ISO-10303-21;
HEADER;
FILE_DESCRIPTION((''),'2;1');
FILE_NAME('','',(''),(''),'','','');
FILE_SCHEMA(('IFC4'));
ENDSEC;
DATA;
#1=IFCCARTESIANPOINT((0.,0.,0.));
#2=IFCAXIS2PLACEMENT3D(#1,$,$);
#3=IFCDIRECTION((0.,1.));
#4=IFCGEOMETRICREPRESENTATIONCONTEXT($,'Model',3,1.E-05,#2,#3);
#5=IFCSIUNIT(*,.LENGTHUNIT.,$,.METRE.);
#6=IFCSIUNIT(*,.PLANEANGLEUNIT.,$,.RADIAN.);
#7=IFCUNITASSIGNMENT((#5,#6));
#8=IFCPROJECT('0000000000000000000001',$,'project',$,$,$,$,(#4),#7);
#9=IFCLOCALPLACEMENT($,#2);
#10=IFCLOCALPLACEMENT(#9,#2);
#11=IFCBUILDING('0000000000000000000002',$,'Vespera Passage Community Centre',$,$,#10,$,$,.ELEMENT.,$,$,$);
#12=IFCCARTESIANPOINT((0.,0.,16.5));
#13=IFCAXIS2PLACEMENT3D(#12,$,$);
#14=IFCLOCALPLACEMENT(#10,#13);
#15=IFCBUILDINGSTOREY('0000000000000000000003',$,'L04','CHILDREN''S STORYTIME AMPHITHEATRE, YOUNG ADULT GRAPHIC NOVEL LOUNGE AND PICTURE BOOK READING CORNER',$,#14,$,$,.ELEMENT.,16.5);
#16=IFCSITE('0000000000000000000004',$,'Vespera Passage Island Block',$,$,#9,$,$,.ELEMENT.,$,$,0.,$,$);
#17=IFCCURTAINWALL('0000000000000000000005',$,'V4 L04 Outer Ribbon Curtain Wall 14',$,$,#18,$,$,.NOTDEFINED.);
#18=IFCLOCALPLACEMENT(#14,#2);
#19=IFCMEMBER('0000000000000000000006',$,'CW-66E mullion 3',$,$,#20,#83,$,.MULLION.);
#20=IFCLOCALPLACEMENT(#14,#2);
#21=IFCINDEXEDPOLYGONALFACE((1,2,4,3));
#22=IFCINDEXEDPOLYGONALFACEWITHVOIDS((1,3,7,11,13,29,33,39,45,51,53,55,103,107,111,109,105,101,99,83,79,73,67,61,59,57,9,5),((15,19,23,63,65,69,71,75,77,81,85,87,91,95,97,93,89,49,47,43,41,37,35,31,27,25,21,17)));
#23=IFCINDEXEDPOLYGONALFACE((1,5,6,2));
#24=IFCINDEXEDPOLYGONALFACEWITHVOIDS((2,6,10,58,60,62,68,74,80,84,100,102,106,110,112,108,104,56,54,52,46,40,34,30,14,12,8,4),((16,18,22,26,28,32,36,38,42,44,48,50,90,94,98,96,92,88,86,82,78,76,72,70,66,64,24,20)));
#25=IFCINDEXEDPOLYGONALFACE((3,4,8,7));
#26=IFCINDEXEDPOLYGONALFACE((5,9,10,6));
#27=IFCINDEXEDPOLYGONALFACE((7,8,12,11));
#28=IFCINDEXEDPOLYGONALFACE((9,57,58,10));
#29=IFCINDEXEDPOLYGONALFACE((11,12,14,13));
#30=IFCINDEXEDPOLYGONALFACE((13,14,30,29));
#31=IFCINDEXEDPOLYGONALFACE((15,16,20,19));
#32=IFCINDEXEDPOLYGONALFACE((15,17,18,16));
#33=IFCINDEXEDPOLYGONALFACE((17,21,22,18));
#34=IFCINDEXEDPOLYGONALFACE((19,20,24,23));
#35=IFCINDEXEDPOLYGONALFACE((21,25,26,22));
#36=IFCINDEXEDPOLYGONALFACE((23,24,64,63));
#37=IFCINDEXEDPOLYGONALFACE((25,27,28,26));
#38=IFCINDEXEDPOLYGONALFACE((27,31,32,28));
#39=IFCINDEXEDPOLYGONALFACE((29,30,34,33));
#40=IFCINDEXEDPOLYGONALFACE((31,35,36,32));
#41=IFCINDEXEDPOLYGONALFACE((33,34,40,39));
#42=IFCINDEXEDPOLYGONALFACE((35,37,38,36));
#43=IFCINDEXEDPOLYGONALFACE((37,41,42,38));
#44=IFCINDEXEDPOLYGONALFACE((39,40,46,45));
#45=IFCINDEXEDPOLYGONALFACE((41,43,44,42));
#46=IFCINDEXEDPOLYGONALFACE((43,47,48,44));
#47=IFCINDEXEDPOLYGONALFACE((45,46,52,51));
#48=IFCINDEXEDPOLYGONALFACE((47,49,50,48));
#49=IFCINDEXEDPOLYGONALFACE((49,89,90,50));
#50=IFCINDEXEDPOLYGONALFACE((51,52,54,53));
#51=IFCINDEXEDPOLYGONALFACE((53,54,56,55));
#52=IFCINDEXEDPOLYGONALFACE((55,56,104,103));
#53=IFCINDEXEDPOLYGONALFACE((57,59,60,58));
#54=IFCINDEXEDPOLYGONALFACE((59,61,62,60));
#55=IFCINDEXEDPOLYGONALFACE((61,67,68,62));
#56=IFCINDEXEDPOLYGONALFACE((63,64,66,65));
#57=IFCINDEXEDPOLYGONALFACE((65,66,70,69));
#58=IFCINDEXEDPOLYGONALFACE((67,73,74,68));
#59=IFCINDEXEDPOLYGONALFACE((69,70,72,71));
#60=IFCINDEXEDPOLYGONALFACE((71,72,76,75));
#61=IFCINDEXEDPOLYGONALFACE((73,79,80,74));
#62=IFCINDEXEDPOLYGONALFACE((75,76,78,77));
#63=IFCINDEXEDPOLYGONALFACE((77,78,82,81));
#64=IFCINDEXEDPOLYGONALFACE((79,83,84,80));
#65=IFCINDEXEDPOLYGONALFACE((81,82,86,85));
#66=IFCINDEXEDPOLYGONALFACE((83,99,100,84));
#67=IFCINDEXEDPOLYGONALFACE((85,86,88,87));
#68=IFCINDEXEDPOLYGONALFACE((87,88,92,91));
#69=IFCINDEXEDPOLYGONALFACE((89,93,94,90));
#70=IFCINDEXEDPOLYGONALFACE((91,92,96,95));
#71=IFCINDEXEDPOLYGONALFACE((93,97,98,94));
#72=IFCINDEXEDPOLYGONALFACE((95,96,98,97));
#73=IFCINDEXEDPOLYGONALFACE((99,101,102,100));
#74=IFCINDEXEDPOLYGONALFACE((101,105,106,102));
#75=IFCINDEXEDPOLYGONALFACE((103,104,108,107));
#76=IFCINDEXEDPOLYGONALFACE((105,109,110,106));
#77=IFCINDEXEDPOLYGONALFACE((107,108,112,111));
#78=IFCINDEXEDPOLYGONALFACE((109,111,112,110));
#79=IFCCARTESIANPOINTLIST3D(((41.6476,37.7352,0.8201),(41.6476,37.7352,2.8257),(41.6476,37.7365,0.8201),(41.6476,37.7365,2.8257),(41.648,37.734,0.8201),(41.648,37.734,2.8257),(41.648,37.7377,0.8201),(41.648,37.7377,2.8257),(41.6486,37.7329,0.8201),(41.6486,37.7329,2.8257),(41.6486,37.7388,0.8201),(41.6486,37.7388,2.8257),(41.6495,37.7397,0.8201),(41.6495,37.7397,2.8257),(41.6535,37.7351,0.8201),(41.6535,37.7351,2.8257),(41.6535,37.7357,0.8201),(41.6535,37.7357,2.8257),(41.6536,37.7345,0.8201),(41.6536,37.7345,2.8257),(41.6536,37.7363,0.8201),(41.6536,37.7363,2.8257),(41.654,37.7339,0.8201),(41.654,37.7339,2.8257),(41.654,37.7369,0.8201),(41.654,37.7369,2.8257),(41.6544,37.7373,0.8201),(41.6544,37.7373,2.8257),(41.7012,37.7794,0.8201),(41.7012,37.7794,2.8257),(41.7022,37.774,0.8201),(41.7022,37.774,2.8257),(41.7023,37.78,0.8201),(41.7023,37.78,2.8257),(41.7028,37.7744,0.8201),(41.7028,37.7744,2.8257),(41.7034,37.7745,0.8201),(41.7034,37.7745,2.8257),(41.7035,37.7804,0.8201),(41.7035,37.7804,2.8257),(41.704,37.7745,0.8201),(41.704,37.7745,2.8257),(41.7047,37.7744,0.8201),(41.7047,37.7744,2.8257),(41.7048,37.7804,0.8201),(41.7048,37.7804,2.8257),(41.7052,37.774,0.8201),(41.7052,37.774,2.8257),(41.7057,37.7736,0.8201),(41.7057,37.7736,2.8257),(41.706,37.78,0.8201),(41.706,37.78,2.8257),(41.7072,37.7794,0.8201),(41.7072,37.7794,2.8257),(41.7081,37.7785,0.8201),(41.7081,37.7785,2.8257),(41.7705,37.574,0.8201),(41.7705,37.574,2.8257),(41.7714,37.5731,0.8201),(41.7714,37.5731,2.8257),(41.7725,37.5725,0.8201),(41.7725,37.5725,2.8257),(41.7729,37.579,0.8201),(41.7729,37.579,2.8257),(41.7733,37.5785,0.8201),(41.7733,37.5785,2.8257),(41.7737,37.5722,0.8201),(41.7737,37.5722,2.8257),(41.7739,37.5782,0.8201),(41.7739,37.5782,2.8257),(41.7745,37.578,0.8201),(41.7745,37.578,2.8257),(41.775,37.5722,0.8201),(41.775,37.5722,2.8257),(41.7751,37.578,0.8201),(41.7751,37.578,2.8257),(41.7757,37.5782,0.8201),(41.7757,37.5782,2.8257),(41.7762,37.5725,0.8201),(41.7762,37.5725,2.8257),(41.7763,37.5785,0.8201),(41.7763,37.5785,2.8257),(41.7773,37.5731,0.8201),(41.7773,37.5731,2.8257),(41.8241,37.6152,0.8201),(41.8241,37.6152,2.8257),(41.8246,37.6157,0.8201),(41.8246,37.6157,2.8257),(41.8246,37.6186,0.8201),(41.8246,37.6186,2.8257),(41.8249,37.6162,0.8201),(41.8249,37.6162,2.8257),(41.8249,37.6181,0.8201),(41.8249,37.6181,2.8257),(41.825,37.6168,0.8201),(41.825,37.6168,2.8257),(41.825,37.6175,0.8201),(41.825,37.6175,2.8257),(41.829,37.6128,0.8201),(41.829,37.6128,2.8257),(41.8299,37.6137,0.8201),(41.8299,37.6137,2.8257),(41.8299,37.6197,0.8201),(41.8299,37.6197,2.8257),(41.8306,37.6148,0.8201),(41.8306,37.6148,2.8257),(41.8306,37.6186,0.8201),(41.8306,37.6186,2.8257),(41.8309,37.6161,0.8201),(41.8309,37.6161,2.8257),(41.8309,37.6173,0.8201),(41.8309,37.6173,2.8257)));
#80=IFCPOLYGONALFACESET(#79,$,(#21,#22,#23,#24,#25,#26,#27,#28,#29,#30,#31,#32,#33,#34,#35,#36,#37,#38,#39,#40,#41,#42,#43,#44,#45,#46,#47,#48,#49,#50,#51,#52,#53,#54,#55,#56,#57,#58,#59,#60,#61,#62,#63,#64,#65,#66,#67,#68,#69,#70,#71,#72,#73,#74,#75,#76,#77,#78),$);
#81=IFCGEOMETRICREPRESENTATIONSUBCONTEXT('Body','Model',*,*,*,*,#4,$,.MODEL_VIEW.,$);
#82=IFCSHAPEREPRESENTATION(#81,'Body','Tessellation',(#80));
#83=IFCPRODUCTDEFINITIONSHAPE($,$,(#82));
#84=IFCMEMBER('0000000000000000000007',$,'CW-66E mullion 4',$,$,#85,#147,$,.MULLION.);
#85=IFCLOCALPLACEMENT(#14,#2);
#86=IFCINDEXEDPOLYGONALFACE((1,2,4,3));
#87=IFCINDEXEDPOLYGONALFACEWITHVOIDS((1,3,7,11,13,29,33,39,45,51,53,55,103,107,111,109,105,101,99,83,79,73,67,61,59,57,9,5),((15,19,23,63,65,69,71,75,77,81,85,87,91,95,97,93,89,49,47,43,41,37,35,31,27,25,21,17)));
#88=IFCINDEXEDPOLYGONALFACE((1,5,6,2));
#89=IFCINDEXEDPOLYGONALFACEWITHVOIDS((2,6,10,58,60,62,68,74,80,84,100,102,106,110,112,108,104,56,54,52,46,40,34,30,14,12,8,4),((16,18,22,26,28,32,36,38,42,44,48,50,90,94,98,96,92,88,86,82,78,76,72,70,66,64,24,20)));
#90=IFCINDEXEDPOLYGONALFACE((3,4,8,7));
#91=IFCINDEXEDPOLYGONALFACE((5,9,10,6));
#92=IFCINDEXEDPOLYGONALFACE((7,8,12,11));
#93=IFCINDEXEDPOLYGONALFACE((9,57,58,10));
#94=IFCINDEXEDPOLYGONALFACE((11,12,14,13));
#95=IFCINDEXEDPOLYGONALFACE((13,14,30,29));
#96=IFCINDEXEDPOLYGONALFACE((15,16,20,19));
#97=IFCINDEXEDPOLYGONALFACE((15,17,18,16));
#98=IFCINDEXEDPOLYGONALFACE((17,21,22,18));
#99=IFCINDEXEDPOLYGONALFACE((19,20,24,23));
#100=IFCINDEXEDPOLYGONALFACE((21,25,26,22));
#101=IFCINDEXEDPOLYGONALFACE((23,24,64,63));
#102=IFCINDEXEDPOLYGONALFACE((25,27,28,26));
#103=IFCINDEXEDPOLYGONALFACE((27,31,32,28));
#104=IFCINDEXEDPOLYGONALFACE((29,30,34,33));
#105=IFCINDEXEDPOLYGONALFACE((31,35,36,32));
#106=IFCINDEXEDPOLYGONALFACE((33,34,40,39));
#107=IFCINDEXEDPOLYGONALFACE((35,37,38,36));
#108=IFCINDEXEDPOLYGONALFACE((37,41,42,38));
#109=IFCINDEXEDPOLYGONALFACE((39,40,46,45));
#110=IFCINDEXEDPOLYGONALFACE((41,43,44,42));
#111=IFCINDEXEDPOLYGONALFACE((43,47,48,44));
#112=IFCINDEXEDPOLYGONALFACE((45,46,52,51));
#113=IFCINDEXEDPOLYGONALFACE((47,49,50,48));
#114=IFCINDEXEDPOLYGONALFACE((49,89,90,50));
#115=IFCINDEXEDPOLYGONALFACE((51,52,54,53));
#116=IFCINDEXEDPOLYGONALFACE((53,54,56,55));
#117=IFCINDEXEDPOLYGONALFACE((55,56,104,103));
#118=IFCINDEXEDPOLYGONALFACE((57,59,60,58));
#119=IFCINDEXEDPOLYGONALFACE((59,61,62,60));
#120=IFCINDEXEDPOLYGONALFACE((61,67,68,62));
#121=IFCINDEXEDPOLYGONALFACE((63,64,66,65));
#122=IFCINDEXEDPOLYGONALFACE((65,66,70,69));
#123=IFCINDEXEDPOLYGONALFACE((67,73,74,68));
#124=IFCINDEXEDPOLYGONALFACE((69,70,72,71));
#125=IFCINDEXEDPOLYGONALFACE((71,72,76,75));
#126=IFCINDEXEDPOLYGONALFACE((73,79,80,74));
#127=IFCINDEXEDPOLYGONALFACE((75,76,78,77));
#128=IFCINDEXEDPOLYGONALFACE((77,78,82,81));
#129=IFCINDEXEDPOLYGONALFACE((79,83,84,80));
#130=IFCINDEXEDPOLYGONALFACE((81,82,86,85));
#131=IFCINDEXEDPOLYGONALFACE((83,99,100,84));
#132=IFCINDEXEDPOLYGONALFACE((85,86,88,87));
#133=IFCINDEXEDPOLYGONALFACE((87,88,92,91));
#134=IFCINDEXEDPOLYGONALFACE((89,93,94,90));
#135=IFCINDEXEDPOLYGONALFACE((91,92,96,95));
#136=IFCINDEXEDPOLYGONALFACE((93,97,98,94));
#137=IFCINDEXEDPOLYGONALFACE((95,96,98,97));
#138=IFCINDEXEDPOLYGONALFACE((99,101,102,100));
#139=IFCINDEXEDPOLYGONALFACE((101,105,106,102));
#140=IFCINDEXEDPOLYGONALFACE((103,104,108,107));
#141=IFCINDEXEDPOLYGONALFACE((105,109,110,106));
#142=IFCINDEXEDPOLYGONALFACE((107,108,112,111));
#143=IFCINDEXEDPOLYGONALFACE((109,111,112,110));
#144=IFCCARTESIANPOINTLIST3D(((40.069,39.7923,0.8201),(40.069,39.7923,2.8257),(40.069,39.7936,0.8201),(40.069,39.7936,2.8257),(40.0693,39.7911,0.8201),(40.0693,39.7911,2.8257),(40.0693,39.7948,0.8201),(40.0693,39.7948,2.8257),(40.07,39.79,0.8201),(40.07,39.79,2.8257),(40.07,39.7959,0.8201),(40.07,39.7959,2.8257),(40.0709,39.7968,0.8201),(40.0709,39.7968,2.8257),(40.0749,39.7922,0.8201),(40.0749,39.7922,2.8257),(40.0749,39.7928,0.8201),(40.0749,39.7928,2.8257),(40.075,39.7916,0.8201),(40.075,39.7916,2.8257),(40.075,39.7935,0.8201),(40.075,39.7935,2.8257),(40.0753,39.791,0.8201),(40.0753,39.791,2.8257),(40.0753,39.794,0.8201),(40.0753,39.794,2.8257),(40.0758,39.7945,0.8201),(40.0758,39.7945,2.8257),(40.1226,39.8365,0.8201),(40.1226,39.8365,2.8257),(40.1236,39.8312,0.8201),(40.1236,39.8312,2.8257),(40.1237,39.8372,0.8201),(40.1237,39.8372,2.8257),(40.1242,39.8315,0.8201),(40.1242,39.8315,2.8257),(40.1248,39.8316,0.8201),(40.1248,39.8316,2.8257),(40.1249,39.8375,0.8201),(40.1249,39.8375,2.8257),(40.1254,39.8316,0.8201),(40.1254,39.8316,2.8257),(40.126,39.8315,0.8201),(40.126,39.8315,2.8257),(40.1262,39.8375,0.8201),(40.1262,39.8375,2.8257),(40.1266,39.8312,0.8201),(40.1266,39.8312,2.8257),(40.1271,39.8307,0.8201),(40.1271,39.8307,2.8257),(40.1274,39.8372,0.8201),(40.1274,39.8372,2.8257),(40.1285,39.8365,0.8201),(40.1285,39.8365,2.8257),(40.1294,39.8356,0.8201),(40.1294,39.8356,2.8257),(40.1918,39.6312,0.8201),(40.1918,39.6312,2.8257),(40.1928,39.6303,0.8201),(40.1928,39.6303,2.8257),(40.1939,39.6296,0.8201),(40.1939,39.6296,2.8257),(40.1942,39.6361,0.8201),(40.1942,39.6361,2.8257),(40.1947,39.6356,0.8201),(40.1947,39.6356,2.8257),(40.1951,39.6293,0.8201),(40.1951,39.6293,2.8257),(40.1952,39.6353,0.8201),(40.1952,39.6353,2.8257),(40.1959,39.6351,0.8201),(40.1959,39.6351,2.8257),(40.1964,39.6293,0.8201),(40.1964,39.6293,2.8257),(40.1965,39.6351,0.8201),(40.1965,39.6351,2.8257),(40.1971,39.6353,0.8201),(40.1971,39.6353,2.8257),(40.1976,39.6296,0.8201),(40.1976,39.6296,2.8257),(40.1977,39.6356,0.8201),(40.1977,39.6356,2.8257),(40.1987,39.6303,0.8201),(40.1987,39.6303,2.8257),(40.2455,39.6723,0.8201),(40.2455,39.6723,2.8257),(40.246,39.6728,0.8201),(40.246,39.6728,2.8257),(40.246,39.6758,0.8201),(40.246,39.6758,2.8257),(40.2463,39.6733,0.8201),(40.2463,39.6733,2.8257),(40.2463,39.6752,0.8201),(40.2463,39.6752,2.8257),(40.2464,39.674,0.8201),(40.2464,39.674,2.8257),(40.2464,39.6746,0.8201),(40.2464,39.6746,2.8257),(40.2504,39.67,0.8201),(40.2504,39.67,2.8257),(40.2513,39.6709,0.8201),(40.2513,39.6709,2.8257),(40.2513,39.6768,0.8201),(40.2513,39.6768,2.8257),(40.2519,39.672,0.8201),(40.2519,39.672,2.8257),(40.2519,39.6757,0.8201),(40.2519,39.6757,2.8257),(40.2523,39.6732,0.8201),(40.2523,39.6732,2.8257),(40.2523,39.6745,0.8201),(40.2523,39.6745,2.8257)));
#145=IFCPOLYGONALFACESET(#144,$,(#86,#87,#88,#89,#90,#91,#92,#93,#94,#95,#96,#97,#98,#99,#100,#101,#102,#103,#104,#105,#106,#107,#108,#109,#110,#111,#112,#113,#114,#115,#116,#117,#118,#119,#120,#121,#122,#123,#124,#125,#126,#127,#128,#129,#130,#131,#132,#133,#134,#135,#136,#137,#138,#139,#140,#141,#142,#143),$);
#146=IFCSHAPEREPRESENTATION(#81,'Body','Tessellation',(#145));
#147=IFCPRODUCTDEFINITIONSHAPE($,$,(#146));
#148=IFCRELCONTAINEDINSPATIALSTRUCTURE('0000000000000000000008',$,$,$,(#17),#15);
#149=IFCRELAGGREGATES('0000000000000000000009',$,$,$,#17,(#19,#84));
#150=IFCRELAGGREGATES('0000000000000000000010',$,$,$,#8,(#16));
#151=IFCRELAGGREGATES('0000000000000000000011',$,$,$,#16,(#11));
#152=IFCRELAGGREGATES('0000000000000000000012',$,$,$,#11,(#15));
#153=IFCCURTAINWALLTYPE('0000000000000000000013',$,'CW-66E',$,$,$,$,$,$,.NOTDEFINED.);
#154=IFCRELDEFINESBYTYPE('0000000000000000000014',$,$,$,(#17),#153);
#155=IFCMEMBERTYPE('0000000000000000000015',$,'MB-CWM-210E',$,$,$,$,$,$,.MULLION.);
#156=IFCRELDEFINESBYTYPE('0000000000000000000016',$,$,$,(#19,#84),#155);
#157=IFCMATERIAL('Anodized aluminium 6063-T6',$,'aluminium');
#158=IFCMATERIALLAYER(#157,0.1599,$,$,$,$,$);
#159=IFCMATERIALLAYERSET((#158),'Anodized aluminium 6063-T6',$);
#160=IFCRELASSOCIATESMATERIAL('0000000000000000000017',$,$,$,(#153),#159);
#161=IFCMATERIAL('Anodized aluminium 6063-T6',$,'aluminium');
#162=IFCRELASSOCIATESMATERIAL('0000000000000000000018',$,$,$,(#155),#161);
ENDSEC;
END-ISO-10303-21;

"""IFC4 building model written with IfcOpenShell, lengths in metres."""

from ifc_helpers import new_model, si_unit, direction, frame, origin, origin_2d, place, context, subcontext, project, spatial, hollow_rectangle, extrude, material, layer, layer_set, material_profile, profile_set, type_object, element, aggregate, save


model = new_model("IFC4")

# Units and contexts
model_context = context("Model", 3, precision=1e-05, world=origin(), true_north=direction((0.0, 1.0)))
body_context = subcontext(model_context, "Body", "Model", "MODEL_VIEW")
ifc_project = project(units=[si_unit("LENGTHUNIT", "METRE"), si_unit("PLANEANGLEUNIT", "RADIAN")], contexts=[model_context])

# Site, building, storey
site_placement = place(None, origin())
site = spatial("IfcSite", under=ifc_project, at=site_placement, Name="Vespera Passage Island Block", CompositionType="ELEMENT", RefElevation=0.0)
building_placement = place(site_placement, origin())
building = spatial("IfcBuilding", under=site, at=building_placement, Name="Vespera Passage Community Centre", CompositionType="ELEMENT")
storey_placement = place(building_placement, frame((0.0, 0.0, 16.5)))
storey = spatial("IfcBuildingStorey", under=building, at=storey_placement, Name="L04", Description="CHILDREN'S STORYTIME AMPHITHEATRE, YOUNG ADULT GRAPHIC NOVEL LOUNGE AND PICTURE BOOK READING CORNER", CompositionType="ELEMENT", Elevation=16.5)

# Curtain wall, members
ifc_material_1 = material(Name="Anodized aluminium 6063-T6", Category="aluminium")
ifc_layer_1 = layer(ifc_material_1, 0.1599)
ifc_layer_set_1 = layer_set([ifc_layer_1], Name="Anodized aluminium 6063-T6")
curtain_wall_type = type_object("IfcCurtainWallType", Name="CW-66E", PredefinedType="NOTDEFINED", material=ifc_layer_set_1)
curtain_wall_placement = place(storey_placement, origin())
curtain_wall = element("IfcCurtainWall", 1, at=curtain_wall_placement, inside=storey, type_object=curtain_wall_type, Name="V4 L04 Outer Ribbon Curtain Wall 14", PredefinedType="NOTDEFINED")
ifc_material_2 = material(Name="Anodized aluminium 6063-T6", Category="aluminium")
ifc_material_profile_1 = material_profile(ifc_material_2, hollow_rectangle(XDim=0.075, YDim=0.21, WallThickness=0.0049, InnerFilletRadius=0.0024, OuterFilletRadius=0.0049, at=origin_2d()), Name="ALU210X75X5")
ifc_profile_set_1 = profile_set([ifc_material_profile_1], Name="Anodized aluminium 6063-T6")
member_type_1 = type_object("IfcMemberType", Name="MB-CWM-210E", PredefinedType="MULLION", material=ifc_profile_set_1)
member_1_placement = place(storey_placement, frame((41.7393, 37.6763, 0.8201), z_axis=(0.0, 0.0, 1.0), x_axis=(-0.79335, -0.608765, 0.0)))
member_1 = element("IfcMember", 2, at=member_1_placement, type_object=member_type_1, Name="CW-66E mullion 3", PredefinedType="MULLION", context=body_context, shape_type="SweptSolid", body=[
    extrude(hollow_rectangle(XDim=0.075, YDim=0.21, WallThickness=0.0049, InnerFilletRadius=0.0024, OuterFilletRadius=0.0049, at=origin_2d()), origin(), (0.0, 0.0, 1.0), 2.0056),
])
member_2_placement = place(storey_placement, frame((40.1606, 39.7334, 0.8201), z_axis=(0.0, 0.0, 1.0), x_axis=(-0.79335, -0.608765, 0.0)))
member_2 = element("IfcMember", 3, at=member_2_placement, type_object=member_type_1, Name="CW-66E mullion 4", PredefinedType="MULLION", context=body_context, shape_type="SweptSolid", body=[
    extrude(hollow_rectangle(XDim=0.075, YDim=0.21, WallThickness=0.0049, InnerFilletRadius=0.0024, OuterFilletRadius=0.0049, at=origin_2d()), origin(), (0.0, 0.0, 1.0), 2.0056),
])
aggregate(curtain_wall, [member_1, member_2])

save(model, "model.ifc")
